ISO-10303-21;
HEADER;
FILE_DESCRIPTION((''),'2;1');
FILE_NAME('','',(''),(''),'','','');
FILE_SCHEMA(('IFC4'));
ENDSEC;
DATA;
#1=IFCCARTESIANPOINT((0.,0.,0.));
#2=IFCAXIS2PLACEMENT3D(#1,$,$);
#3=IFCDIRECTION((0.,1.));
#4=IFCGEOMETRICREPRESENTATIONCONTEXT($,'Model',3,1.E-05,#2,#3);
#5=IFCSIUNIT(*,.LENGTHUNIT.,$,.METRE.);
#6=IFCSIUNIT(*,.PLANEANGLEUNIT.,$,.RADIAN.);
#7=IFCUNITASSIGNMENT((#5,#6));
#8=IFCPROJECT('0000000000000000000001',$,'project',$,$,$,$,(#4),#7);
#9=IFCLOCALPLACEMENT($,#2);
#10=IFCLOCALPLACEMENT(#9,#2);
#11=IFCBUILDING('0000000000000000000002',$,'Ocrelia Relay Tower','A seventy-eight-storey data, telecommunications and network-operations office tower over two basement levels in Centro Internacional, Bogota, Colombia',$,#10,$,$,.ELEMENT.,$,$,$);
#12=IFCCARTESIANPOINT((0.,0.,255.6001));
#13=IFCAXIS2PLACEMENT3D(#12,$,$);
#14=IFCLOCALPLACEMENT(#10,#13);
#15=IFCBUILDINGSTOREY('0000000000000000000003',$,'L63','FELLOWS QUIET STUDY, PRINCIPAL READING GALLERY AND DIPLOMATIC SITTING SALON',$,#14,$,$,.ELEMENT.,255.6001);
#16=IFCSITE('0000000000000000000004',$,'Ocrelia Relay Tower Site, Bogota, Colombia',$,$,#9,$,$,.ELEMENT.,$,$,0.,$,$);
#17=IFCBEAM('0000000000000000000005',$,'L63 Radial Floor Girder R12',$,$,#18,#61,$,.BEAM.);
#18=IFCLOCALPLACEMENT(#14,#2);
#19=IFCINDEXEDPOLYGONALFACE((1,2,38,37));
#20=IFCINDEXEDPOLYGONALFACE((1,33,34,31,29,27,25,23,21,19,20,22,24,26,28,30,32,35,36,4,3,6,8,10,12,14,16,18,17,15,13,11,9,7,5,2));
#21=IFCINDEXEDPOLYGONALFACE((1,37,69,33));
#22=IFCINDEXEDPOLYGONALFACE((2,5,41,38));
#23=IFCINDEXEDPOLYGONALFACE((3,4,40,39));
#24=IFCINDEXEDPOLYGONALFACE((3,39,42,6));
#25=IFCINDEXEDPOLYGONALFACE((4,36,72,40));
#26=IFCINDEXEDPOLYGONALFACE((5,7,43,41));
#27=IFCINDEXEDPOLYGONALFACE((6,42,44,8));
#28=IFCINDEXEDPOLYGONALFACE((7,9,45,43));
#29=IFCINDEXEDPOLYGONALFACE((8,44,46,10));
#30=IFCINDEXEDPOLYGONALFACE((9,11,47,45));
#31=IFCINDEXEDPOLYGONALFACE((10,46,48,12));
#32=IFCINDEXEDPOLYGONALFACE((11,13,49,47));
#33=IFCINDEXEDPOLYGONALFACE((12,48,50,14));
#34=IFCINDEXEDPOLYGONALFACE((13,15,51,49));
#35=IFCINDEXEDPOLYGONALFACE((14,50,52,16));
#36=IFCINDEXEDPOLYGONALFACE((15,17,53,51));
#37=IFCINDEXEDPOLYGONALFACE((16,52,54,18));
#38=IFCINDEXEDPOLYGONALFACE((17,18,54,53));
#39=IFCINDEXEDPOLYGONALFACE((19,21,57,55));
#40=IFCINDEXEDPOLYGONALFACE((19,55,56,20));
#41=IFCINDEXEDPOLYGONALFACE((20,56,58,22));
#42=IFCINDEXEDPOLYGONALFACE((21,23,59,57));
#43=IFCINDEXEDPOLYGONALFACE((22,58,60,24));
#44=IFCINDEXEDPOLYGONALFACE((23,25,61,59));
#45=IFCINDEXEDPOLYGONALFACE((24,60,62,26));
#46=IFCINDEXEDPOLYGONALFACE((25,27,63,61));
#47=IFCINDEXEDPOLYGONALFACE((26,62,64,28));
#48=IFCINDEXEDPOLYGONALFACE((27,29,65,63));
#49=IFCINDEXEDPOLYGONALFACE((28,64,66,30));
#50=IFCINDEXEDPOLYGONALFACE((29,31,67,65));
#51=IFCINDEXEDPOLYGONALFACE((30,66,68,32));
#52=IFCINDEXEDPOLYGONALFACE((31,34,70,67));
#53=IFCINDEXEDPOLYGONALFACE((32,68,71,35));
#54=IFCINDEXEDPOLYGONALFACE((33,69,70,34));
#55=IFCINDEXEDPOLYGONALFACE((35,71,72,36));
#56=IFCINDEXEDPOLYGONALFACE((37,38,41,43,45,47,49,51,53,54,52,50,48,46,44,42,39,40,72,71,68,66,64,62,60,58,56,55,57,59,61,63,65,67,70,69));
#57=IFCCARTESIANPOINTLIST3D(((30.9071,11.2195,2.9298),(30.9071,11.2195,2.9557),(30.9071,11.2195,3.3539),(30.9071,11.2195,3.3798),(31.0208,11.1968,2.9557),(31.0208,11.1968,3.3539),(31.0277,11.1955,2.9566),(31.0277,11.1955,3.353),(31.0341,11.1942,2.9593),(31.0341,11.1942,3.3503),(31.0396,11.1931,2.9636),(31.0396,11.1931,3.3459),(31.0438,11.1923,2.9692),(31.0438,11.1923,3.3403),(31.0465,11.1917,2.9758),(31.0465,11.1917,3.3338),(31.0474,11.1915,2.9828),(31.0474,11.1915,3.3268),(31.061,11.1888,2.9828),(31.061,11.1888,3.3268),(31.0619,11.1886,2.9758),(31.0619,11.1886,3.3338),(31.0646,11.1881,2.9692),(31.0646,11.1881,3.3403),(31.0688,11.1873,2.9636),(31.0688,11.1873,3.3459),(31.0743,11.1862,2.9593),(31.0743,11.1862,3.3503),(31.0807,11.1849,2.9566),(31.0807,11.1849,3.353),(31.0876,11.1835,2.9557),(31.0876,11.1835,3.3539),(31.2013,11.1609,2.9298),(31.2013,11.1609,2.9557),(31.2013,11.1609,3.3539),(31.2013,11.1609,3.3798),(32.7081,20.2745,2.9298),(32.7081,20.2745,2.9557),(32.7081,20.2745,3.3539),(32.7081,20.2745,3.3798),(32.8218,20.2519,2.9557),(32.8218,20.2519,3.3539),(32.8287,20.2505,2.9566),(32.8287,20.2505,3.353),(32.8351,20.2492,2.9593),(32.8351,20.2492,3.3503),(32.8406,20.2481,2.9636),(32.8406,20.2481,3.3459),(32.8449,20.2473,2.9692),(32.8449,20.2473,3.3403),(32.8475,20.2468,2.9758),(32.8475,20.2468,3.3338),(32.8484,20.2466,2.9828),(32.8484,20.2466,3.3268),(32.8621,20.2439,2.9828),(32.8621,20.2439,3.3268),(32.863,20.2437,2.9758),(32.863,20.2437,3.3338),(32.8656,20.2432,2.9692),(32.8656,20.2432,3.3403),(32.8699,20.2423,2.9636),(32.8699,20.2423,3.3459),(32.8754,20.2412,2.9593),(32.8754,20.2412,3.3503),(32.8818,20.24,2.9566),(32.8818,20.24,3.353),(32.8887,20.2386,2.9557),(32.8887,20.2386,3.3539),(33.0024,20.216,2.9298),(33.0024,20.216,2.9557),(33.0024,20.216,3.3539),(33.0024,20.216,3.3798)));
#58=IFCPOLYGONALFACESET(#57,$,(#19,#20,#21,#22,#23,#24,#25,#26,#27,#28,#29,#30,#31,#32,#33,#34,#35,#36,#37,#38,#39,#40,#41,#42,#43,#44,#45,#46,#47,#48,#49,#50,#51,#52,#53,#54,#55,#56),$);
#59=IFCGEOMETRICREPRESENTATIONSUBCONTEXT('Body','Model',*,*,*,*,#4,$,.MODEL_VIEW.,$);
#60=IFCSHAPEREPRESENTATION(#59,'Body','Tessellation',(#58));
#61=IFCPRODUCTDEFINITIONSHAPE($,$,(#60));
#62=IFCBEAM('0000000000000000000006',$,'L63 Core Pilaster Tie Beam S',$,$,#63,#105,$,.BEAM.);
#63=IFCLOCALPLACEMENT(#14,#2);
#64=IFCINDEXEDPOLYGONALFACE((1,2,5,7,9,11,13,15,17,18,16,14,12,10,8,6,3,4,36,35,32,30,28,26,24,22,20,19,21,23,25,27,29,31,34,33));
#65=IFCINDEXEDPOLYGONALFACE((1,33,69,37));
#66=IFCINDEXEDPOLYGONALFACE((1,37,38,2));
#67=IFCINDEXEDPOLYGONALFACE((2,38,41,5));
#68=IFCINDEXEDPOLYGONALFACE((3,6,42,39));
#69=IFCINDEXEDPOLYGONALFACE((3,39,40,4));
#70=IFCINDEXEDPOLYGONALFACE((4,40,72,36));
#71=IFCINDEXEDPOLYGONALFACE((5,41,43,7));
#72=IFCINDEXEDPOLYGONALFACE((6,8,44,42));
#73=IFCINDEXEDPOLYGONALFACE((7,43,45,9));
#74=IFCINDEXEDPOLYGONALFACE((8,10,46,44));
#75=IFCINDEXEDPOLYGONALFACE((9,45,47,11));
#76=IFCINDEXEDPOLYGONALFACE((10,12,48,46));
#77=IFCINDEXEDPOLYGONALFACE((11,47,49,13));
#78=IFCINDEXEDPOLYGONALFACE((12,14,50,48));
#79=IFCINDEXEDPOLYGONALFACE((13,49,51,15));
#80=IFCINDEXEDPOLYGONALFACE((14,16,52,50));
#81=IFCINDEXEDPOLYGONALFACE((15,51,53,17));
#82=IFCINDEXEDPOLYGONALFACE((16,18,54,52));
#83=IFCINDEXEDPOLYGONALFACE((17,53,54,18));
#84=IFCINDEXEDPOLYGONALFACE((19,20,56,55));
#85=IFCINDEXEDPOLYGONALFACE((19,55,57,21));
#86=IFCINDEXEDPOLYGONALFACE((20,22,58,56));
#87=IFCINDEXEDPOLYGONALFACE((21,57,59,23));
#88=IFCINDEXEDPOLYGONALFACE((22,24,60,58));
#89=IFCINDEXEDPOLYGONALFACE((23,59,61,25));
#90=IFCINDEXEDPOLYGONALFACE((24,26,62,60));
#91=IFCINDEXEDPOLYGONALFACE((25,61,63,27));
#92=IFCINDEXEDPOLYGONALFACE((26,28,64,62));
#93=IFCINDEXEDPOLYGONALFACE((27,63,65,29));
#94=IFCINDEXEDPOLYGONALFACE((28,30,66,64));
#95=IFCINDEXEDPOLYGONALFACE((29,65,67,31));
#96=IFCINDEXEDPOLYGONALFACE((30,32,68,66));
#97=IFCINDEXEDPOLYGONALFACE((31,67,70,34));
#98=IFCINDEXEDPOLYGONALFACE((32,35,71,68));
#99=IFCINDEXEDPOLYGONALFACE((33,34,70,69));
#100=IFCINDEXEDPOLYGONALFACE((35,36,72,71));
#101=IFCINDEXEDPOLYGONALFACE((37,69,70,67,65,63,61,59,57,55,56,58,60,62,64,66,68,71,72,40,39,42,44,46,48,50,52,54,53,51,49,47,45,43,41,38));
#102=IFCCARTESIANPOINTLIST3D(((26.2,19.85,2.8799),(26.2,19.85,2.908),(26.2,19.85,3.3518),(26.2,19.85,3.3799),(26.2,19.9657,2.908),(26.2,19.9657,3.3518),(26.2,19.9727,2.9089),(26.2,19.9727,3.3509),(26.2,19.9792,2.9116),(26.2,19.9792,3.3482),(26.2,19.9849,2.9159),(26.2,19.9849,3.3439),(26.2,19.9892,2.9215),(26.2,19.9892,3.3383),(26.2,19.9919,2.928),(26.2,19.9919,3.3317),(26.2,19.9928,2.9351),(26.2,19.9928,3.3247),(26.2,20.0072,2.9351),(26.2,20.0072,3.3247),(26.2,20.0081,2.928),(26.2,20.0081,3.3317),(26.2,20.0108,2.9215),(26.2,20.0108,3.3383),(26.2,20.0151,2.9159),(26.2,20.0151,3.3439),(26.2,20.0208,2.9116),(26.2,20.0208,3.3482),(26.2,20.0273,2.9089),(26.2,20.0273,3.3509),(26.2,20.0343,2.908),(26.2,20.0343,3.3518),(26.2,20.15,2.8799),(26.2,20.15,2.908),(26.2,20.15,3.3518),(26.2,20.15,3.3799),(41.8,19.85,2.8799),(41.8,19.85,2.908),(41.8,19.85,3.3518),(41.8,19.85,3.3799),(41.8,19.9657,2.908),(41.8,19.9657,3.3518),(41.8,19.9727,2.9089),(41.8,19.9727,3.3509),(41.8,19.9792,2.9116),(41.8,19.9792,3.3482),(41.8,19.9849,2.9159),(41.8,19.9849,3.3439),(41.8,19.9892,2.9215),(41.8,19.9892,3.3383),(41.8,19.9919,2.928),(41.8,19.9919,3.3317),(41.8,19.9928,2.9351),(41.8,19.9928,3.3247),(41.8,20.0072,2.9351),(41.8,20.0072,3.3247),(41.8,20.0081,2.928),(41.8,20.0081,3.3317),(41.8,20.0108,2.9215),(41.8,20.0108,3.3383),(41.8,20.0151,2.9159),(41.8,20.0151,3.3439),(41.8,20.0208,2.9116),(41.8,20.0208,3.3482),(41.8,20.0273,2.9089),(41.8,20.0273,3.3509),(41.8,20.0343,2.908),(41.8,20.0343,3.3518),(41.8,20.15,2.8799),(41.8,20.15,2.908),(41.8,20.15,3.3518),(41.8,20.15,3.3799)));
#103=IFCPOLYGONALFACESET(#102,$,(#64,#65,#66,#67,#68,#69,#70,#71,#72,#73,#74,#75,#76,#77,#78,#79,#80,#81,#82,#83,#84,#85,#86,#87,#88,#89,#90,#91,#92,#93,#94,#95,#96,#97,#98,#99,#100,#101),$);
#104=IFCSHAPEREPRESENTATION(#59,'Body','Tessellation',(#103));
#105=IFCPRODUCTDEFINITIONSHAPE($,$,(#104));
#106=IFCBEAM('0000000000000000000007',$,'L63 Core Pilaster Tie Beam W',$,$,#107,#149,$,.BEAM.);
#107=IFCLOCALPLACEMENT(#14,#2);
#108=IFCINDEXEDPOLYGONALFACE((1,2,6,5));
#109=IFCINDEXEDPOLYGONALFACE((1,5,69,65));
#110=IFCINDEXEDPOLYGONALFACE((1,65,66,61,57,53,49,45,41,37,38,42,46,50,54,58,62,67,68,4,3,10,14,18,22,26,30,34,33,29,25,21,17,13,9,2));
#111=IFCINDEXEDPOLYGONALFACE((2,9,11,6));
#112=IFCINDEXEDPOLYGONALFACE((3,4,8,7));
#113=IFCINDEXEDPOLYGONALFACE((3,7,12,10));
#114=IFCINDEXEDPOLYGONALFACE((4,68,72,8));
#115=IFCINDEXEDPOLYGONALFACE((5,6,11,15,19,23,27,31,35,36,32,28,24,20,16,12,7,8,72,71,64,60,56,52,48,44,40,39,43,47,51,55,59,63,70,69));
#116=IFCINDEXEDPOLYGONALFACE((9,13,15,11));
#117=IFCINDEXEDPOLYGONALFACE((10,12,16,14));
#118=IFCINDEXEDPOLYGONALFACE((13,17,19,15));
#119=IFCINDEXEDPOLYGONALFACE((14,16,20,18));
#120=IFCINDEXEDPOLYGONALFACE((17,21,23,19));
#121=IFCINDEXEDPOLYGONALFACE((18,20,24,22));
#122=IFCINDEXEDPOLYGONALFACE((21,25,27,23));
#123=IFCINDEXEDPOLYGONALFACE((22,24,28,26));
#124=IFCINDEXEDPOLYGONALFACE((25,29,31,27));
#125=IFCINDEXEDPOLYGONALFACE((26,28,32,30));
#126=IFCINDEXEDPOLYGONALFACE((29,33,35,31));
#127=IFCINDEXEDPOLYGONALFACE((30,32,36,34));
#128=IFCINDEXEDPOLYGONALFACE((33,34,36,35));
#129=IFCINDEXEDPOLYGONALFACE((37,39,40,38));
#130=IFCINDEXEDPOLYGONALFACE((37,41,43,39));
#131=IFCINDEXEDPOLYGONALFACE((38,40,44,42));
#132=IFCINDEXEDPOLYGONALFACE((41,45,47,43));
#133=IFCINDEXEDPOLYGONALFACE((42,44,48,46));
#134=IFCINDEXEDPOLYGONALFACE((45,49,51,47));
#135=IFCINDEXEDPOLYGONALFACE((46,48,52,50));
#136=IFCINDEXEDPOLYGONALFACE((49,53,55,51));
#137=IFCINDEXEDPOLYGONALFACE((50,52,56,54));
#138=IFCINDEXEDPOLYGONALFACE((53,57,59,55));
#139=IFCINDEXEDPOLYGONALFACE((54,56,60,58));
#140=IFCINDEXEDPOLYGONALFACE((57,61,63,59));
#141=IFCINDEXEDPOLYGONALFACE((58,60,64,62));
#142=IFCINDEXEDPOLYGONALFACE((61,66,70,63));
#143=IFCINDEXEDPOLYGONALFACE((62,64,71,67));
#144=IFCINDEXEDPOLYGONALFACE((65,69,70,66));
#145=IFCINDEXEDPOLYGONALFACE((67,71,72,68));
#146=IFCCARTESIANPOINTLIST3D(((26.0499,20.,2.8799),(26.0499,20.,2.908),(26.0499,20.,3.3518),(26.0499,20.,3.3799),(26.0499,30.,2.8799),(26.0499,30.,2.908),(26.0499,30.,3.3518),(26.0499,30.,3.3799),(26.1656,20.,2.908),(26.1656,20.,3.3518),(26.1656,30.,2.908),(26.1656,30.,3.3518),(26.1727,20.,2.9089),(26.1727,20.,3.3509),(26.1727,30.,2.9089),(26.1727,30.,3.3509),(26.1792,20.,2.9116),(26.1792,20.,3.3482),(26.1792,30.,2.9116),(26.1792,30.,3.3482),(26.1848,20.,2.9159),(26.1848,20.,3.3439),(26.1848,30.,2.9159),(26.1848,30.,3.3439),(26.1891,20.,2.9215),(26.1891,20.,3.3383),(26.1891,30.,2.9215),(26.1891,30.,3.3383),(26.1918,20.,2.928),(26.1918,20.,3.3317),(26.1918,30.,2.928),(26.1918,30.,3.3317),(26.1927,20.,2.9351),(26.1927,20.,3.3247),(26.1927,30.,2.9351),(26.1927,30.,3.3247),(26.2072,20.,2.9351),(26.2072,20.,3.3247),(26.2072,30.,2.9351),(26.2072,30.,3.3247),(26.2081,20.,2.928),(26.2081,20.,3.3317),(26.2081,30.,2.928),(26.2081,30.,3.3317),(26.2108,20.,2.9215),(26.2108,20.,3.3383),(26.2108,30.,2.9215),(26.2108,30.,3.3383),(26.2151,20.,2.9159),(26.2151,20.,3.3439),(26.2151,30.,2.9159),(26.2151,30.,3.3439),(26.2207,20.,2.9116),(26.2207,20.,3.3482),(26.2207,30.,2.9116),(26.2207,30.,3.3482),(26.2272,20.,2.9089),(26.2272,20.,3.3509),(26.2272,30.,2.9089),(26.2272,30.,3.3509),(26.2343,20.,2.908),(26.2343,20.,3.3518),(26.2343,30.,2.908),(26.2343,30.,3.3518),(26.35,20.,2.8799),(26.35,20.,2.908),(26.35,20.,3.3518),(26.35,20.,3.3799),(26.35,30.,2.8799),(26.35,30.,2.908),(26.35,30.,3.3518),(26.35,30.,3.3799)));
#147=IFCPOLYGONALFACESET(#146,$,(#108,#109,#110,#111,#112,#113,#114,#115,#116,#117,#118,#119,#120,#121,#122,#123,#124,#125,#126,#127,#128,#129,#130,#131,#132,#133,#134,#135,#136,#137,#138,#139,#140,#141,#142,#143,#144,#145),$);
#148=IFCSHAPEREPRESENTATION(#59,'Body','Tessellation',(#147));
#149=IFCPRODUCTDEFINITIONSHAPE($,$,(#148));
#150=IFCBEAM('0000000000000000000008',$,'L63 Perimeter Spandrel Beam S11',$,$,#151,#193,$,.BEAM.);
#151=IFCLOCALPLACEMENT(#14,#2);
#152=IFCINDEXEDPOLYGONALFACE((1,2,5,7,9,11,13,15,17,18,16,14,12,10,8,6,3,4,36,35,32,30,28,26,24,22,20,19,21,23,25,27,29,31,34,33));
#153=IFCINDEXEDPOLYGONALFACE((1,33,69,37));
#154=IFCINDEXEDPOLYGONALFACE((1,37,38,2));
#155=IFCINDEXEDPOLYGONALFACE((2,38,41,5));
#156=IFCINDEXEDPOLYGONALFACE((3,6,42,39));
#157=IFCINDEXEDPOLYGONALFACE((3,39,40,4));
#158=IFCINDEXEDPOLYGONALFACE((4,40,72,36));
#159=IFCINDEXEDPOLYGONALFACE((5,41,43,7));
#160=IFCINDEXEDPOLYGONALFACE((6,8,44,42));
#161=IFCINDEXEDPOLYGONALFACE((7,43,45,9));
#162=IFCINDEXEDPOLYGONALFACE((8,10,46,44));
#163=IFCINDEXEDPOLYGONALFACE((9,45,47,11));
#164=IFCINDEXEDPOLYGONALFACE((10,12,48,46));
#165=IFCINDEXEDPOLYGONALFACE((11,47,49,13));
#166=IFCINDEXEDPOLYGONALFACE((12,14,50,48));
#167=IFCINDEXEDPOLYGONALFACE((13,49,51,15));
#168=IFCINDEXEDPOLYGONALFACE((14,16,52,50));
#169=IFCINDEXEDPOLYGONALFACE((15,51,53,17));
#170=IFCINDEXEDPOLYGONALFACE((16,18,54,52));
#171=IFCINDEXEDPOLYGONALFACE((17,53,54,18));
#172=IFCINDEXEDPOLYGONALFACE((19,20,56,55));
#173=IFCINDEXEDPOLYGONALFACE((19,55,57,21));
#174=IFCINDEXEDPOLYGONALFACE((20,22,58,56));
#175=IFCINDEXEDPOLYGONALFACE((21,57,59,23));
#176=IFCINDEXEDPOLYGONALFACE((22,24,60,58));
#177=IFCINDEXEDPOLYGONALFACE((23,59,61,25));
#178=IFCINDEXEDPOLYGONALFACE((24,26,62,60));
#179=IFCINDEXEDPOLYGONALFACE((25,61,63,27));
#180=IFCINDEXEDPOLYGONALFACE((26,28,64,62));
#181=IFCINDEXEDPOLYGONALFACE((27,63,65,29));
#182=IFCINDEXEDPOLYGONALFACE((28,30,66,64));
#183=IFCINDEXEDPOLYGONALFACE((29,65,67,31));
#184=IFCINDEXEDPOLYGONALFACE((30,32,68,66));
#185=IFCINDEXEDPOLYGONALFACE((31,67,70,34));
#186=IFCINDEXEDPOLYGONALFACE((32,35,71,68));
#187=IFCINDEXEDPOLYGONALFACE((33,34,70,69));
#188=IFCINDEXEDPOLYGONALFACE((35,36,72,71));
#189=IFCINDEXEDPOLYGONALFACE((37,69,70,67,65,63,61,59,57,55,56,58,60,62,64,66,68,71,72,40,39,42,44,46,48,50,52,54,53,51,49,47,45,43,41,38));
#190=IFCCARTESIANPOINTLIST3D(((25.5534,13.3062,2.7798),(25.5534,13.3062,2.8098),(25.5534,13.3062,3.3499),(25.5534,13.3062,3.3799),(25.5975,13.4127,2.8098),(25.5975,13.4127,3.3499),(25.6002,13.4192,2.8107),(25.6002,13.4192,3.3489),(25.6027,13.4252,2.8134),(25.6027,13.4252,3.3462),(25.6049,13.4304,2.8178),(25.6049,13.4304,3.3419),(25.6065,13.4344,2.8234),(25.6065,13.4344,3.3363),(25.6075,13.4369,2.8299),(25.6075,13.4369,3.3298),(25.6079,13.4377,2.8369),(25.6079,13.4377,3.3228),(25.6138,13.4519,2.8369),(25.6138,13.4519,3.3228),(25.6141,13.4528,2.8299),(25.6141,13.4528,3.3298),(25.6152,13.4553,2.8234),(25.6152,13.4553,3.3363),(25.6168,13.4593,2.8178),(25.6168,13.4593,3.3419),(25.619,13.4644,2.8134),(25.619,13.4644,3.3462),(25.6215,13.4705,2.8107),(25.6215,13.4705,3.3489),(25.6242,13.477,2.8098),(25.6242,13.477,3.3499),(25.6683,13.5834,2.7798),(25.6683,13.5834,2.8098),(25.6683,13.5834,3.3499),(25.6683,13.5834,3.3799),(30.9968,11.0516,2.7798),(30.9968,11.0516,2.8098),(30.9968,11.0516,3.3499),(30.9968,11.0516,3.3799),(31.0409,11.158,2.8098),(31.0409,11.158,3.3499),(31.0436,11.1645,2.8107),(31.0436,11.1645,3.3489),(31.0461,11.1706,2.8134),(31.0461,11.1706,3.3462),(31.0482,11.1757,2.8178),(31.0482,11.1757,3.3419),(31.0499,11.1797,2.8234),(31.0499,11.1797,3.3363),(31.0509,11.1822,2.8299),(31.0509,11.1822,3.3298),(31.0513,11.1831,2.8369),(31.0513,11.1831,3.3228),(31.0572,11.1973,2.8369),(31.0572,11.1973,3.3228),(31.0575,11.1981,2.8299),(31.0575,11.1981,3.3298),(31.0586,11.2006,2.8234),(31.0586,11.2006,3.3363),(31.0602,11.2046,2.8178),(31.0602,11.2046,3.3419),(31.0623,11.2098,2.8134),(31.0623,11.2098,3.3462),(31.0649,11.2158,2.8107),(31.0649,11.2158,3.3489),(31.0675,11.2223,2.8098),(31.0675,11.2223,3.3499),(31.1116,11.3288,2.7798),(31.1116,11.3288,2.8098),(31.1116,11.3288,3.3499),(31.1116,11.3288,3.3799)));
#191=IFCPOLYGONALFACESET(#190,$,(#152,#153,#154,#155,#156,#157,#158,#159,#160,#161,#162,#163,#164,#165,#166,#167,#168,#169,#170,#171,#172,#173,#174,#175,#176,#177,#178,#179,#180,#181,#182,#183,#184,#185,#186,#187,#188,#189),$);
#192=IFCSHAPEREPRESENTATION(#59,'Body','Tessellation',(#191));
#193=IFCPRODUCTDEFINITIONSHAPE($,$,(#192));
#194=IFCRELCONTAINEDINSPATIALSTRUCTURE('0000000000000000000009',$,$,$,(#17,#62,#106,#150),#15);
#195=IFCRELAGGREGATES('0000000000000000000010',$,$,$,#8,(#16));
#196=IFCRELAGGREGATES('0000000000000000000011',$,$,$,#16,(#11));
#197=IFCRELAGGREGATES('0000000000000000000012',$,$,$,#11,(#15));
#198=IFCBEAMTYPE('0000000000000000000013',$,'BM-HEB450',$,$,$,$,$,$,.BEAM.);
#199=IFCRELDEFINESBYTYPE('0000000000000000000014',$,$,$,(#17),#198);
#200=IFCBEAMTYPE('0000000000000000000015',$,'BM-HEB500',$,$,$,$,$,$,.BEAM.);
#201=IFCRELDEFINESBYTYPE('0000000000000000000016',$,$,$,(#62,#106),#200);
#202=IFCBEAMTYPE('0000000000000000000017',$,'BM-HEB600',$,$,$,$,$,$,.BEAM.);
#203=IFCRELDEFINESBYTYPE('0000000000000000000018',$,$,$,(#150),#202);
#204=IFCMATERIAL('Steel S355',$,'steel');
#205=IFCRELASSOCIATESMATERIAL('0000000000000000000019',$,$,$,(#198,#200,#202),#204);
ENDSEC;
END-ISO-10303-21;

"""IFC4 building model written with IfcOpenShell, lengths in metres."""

from ifc_helpers import new_model, si_unit, direction, frame, origin, origin_2d, place, context, subcontext, project, spatial, i_section, extrude, material, material_profile, profile_set, type_object, element, save


model = new_model("IFC4")

# Units and contexts
model_context = context("Model", 3, precision=1e-05, world=origin(), true_north=direction((0.0, 1.0)))
body_context = subcontext(model_context, "Body", "Model", "MODEL_VIEW")
ifc_project = project(units=[si_unit("LENGTHUNIT", "METRE"), si_unit("PLANEANGLEUNIT", "RADIAN")], contexts=[model_context])

# Site, building, storey
site_placement = place(None, origin())
site = spatial("IfcSite", under=ifc_project, at=site_placement, Name="Ocrelia Relay Tower Site, Bogota, Colombia", CompositionType="ELEMENT", RefElevation=0.0)
building_placement = place(site_placement, origin())
building = spatial("IfcBuilding", under=site, at=building_placement, Name="Ocrelia Relay Tower", Description="A seventy-eight-storey data, telecommunications and network-operations office tower over two basement levels in Centro Internacional, Bogota, Colombia", CompositionType="ELEMENT")
storey_placement = place(building_placement, frame((0.0, 0.0, 255.6001)))
storey = spatial("IfcBuildingStorey", under=building, at=storey_placement, Name="L63", Description="FELLOWS QUIET STUDY, PRINCIPAL READING GALLERY AND DIPLOMATIC SITTING SALON", CompositionType="ELEMENT", Elevation=255.6001)

# Beams
ifc_material_1 = material(Name="Steel S355", Category="steel")
ifc_material_profile_1 = material_profile(ifc_material_1, i_section(OverallWidth=0.3, OverallDepth=0.45, WebThickness=0.0139, FlangeThickness=0.0259, FilletRadius=0.0271, at=origin_2d()), Name="HEB 450")
ifc_profile_set_1 = profile_set([ifc_material_profile_1], Name="Steel S355")
beam_type_1 = type_object("IfcBeamType", Name="BM-HEB450", PredefinedType="BEAM", material=ifc_profile_set_1)
beam_1_placement = place(storey_placement, frame((31.0542, 11.1902, 3.1548), z_axis=(0.195079, 0.980788, 0.0), x_axis=(-0.980788, 0.195079, 0.0)))
element("IfcBeam", 1, at=beam_1_placement, inside=storey, type_object=beam_type_1, Name="L63 Radial Floor Girder R12", PredefinedType="BEAM", context=body_context, shape_type="SweptSolid", body=[
    extrude(i_section(OverallWidth=0.3, OverallDepth=0.45, WebThickness=0.0139, FlangeThickness=0.0259, FilletRadius=0.0271, at=origin_2d()), origin(), (0.0, 0.0, 1.0), 9.2324),
])
ifc_material_profile_2 = material_profile(ifc_material_1, i_section(OverallWidth=0.3, OverallDepth=0.5, WebThickness=0.0144, FlangeThickness=0.0281, FilletRadius=0.0271, at=origin_2d()), Name="HEB 500")
ifc_profile_set_2 = profile_set([ifc_material_profile_2], Name="Steel S355")
beam_type_2 = type_object("IfcBeamType", Name="BM-HEB500", PredefinedType="BEAM", material=ifc_profile_set_2)
beam_2_placement = place(storey_placement, frame((26.2, 20.0, 3.1299), z_axis=(1.0, 0.0, 0.0), x_axis=(0.0, 1.0, 0.0)))
element("IfcBeam", 2, at=beam_2_placement, inside=storey, type_object=beam_type_2, Name="L63 Core Pilaster Tie Beam S", PredefinedType="BEAM", context=body_context, shape_type="SweptSolid", body=[
    extrude(i_section(OverallWidth=0.3, OverallDepth=0.5, WebThickness=0.0144, FlangeThickness=0.0281, FilletRadius=0.0271, at=origin_2d()), origin(), (0.0, 0.0, 1.0), 15.6001),
])
beam_3_placement = place(storey_placement, frame((26.2, 20.0, 3.1299), z_axis=(0.0, 1.0, 0.0), x_axis=(-1.0, 0.0, 0.0)))
element("IfcBeam", 3, at=beam_3_placement, inside=storey, type_object=beam_type_2, Name="L63 Core Pilaster Tie Beam W", PredefinedType="BEAM", context=body_context, shape_type="SweptSolid", body=[
    extrude(i_section(OverallWidth=0.3, OverallDepth=0.5, WebThickness=0.0144, FlangeThickness=0.0281, FilletRadius=0.0271, at=origin_2d()), origin(), (0.0, 0.0, 1.0), 10.0),
])
ifc_material_profile_3 = material_profile(ifc_material_1, i_section(OverallWidth=0.3, OverallDepth=0.6001, WebThickness=0.0154, FlangeThickness=0.03, FilletRadius=0.0271, at=origin_2d()), Name="HEB 600")
ifc_profile_set_3 = profile_set([ifc_material_profile_3], Name="Steel S355")
beam_type_3 = type_object("IfcBeamType", Name="BM-HEB600", PredefinedType="BEAM", material=ifc_profile_set_3)
beam_4_placement = place(storey_placement, frame((25.6108, 13.4448, 3.0798), z_axis=(0.923884, -0.382673, 0.0), x_axis=(0.382673, 0.923884, 0.0)))
element("IfcBeam", 4, at=beam_4_placement, inside=storey, type_object=beam_type_3, Name="L63 Perimeter Spandrel Beam S11", PredefinedType="BEAM", context=body_context, shape_type="SweptSolid", body=[
    extrude(i_section(OverallWidth=0.3, OverallDepth=0.6001, WebThickness=0.0154, FlangeThickness=0.03, FilletRadius=0.0271, at=origin_2d()), origin(), (0.0, 0.0, 1.0), 5.8918),
])

save(model, "model.ifc")
